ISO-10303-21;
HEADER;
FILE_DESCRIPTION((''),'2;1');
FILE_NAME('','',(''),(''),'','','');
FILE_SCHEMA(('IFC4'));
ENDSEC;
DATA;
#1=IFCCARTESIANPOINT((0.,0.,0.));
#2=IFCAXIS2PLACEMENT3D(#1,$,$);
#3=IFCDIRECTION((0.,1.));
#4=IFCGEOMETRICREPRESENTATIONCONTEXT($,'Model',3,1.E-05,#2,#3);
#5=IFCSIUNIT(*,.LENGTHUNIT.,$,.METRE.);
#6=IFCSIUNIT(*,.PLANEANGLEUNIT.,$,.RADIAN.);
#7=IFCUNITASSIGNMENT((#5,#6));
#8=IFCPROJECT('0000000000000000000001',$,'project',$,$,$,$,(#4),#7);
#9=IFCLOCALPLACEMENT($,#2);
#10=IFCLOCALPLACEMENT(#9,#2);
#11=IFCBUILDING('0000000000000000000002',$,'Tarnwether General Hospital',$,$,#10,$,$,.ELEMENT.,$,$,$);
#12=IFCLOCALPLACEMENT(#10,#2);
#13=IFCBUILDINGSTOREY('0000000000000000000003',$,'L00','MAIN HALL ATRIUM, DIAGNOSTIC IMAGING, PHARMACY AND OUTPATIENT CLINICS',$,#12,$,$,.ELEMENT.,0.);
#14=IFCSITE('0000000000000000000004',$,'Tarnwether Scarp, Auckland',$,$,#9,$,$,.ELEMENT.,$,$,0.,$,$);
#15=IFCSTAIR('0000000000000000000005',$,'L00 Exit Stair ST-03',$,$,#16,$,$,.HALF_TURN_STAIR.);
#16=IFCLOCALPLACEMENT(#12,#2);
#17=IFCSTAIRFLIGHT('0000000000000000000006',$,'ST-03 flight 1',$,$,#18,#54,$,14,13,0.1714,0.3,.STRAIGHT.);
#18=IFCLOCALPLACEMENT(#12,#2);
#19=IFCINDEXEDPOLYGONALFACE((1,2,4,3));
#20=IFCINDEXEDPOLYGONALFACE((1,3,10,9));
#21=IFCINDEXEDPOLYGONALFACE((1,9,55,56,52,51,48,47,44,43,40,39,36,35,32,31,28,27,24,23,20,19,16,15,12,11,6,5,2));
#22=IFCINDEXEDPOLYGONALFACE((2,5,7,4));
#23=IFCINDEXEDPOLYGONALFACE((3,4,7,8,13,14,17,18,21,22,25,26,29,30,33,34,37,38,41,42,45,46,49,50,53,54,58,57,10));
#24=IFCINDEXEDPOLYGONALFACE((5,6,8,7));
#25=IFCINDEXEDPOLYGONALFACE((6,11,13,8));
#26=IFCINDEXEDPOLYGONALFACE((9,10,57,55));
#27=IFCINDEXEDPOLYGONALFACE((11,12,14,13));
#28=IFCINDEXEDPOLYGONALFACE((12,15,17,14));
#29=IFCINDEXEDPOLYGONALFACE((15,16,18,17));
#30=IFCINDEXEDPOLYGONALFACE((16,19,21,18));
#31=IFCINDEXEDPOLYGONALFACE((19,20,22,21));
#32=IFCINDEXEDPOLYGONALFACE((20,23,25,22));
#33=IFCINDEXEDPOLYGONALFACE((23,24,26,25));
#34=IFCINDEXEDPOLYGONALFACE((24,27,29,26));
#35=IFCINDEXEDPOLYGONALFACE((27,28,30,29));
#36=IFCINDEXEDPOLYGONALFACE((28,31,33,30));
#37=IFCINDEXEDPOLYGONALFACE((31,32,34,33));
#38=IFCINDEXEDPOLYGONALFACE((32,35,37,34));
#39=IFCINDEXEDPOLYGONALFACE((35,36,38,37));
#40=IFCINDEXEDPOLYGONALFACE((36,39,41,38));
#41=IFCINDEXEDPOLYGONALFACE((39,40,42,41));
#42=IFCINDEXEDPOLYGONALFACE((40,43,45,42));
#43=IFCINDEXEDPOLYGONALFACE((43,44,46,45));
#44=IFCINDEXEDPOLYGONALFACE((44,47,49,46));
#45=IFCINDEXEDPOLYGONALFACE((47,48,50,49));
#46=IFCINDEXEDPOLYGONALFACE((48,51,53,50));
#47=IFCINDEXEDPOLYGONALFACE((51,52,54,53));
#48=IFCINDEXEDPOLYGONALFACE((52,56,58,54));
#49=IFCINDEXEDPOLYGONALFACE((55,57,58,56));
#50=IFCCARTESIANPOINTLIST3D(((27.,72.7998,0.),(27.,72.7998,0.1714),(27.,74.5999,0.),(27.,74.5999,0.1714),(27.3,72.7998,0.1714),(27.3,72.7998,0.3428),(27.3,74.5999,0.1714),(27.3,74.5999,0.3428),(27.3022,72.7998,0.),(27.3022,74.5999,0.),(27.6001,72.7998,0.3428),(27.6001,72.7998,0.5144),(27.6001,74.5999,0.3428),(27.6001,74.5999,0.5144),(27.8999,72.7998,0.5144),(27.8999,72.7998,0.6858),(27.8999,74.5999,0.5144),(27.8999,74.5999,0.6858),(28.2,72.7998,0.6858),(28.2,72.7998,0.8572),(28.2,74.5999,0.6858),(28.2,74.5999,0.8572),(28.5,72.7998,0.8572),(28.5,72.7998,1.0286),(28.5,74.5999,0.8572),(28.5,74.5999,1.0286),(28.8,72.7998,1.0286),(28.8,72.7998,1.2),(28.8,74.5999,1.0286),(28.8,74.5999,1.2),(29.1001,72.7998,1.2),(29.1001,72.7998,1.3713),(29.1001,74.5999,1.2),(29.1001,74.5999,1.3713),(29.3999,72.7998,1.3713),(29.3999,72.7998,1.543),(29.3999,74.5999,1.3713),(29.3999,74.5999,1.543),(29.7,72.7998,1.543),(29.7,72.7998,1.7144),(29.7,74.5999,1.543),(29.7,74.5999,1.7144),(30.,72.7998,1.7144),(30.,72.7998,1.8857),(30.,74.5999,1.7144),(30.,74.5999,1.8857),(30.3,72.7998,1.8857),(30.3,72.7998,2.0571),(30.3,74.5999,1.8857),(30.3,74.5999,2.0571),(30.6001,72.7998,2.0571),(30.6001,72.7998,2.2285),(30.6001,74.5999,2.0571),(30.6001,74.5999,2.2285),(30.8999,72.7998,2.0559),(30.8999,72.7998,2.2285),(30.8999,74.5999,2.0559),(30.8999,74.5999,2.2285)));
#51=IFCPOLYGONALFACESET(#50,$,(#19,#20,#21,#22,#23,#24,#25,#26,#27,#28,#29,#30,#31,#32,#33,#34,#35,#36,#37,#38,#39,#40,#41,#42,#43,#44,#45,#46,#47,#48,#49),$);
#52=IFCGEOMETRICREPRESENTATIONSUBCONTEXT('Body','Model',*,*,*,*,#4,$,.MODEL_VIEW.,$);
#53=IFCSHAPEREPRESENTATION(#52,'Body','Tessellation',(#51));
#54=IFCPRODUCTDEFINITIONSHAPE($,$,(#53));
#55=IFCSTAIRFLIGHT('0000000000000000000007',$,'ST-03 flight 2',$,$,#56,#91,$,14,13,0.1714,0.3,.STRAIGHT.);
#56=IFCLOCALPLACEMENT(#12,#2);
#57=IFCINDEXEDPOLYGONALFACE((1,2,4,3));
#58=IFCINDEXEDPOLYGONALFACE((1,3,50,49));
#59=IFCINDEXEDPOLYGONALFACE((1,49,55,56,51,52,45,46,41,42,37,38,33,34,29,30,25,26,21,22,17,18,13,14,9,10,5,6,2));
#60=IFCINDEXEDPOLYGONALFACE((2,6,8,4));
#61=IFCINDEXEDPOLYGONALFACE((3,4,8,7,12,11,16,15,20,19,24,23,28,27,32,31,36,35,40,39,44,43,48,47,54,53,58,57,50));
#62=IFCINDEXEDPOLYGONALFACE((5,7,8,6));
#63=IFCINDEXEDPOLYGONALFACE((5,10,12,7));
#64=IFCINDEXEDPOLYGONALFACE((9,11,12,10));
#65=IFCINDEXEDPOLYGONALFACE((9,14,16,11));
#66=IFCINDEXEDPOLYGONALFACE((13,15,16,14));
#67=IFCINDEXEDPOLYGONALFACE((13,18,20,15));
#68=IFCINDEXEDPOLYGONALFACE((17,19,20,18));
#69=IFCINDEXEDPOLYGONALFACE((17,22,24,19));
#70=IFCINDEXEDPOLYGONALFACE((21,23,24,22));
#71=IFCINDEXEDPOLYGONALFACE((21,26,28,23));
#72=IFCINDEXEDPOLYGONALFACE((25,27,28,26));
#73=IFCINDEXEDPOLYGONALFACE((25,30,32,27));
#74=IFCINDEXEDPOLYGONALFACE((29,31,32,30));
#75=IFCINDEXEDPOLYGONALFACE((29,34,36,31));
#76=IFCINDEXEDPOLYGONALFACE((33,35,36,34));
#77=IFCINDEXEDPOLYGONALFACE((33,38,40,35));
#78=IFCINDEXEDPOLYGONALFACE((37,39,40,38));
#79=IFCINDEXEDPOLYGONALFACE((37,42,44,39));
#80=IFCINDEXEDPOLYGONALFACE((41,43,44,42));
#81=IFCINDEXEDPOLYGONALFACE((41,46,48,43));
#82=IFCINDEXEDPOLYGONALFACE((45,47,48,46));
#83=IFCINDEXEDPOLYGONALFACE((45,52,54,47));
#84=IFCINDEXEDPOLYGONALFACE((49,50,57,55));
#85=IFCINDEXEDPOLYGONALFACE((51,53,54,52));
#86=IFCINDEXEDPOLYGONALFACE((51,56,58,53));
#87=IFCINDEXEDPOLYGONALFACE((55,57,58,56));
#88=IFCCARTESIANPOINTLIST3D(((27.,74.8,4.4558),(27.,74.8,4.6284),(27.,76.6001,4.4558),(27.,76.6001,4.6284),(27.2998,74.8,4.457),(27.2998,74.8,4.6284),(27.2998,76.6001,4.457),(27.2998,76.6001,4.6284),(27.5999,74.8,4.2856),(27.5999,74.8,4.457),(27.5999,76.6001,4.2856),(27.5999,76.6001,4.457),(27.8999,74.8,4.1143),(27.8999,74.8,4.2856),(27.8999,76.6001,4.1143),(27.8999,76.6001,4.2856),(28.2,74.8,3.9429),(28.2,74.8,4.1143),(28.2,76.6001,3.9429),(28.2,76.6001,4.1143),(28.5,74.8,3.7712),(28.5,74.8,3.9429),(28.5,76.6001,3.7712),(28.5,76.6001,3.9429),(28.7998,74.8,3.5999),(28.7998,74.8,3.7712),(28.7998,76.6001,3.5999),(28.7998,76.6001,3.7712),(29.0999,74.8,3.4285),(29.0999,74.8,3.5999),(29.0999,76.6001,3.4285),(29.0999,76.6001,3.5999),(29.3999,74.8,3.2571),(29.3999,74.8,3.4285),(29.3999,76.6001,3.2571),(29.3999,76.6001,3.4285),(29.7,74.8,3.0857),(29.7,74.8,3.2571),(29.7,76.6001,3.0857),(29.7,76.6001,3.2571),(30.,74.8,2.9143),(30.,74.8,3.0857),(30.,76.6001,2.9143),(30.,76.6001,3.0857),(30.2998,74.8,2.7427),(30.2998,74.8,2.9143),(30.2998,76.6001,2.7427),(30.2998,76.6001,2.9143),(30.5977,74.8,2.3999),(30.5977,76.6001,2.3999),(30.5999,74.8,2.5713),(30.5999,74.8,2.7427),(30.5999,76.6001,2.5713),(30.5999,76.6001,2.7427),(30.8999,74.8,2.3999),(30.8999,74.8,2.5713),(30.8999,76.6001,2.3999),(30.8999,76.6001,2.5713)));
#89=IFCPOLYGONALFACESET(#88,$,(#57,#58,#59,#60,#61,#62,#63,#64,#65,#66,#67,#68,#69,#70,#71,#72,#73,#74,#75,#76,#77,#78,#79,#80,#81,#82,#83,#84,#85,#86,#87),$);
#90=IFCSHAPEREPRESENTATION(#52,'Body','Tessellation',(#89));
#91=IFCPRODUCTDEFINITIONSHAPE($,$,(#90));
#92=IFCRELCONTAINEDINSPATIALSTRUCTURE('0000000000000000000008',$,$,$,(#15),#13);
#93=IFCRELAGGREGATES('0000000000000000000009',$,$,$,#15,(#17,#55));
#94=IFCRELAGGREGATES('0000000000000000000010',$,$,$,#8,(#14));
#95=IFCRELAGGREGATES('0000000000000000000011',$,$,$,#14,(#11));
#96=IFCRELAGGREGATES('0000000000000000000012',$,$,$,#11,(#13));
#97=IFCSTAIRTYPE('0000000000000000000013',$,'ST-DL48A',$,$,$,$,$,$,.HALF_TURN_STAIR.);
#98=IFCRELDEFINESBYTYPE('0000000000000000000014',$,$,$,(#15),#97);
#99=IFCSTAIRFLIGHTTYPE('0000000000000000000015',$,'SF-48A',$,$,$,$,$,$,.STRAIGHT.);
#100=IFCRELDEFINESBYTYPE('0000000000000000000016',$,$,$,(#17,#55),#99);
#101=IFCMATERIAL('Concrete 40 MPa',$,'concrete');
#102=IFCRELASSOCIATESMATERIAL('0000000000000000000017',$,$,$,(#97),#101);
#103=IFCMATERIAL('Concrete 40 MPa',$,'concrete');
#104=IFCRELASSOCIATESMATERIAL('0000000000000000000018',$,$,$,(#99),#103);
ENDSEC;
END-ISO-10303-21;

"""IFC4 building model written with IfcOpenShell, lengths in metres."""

from ifc_helpers import new_model, si_unit, direction, frame, origin, place, context, subcontext, project, spatial, polyline, outline, extrude, material, type_object, element, aggregate, save


model = new_model("IFC4")

# Units and contexts
model_context = context("Model", 3, precision=1e-05, world=origin(), true_north=direction((0.0, 1.0)))
body_context = subcontext(model_context, "Body", "Model", "MODEL_VIEW")
ifc_project = project(units=[si_unit("LENGTHUNIT", "METRE"), si_unit("PLANEANGLEUNIT", "RADIAN")], contexts=[model_context])

# Site, building, storey
site_placement = place(None, origin())
site = spatial("IfcSite", under=ifc_project, at=site_placement, Name="Tarnwether Scarp, Auckland", CompositionType="ELEMENT", RefElevation=0.0)
building_placement = place(site_placement, origin())
building = spatial("IfcBuilding", under=site, at=building_placement, Name="Tarnwether General Hospital", CompositionType="ELEMENT")
storey_placement = place(building_placement, origin())
storey = spatial("IfcBuildingStorey", under=building, at=storey_placement, Name="L00", Description="MAIN HALL ATRIUM, DIAGNOSTIC IMAGING, PHARMACY AND OUTPATIENT CLINICS", CompositionType="ELEMENT", Elevation=0.0)

# Stair, stair flights
ifc_material_1 = material(Name="Concrete 40 MPa", Category="concrete")
stair_type = type_object("IfcStairType", Name="ST-DL48A", PredefinedType="HALF_TURN_STAIR", material=ifc_material_1)
stair_placement = place(storey_placement, origin())
stair = element("IfcStair", 1, at=stair_placement, inside=storey, type_object=stair_type, Name="L00 Exit Stair ST-03", PredefinedType="HALF_TURN_STAIR")
ifc_material_2 = material(Name="Concrete 40 MPa", Category="concrete")
stair_flight_type = type_object("IfcStairFlightType", Name="SF-48A", PredefinedType="STRAIGHT", material=ifc_material_2)
stair_flight_1_placement = place(storey_placement, frame((27.0, 73.7, 0.0), z_axis=(0.0, 0.0, 1.0), x_axis=(1.0, 0.0, 0.0)))
stair_flight_1 = element("IfcStairFlight", 2, at=stair_flight_1_placement, type_object=stair_flight_type, Name="ST-03 flight 1", NumberOfRisers=14, NumberOfTreads=13, PredefinedType="STRAIGHT", RiserHeight=0.1714, TreadLength=0.3, context=body_context, shape_type="SweptSolid", body=[
    extrude(outline(polyline([(0.0, 0.0), (0.0, 0.1714), (0.3, 0.1714), (0.3, 0.3428), (0.6001, 0.3428), (0.6001, 0.5144), (0.8999, 0.5144), (0.8999, 0.6858), (1.2, 0.6858), (1.2, 0.8572), (1.5, 0.8572), (1.5, 1.0286), (1.8, 1.0286), (1.8, 1.2), (2.1001, 1.2), (2.1001, 1.3713), (2.3999, 1.3713), (2.3999, 1.543), (2.7, 1.543), (2.7, 1.7144), (3.0, 1.7144), (3.0, 1.8857), (3.3, 1.8857), (3.3, 2.0571), (3.6001, 2.0571), (3.6001, 2.2285), (3.8999, 2.2285), (3.8999, 2.3999), (3.8999, 2.0559), (0.3022, 0.0), (0.0, 0.0)])), frame((0.0, 0.8999, 0.0), z_axis=(0.0, -1.0, 0.0), x_axis=(1.0, 0.0, 0.0)), (0.0, 0.0, 1.0), 1.8),
])
stair_flight_2_placement = place(storey_placement, frame((30.8999, 75.7, 2.3999), z_axis=(0.0, 0.0, 1.0), x_axis=(-1.0, 0.0, 0.0)))
stair_flight_2 = element("IfcStairFlight", 3, at=stair_flight_2_placement, type_object=stair_flight_type, Name="ST-03 flight 2", NumberOfRisers=14, NumberOfTreads=13, PredefinedType="STRAIGHT", RiserHeight=0.1714, TreadLength=0.3, context=body_context, shape_type="SweptSolid", body=[
    extrude(outline(polyline([(0.0, 0.0), (0.0, 0.1714), (0.3, 0.1714), (0.3, 0.3428), (0.6001, 0.3428), (0.6001, 0.5144), (0.8999, 0.5144), (0.8999, 0.6858), (1.2, 0.6858), (1.2, 0.8572), (1.5, 0.8572), (1.5, 1.0286), (1.8, 1.0286), (1.8, 1.2), (2.1001, 1.2), (2.1001, 1.3713), (2.3999, 1.3713), (2.3999, 1.543), (2.7, 1.543), (2.7, 1.7144), (3.0, 1.7144), (3.0, 1.8857), (3.3, 1.8857), (3.3, 2.0571), (3.6001, 2.0571), (3.6001, 2.2285), (3.8999, 2.2285), (3.8999, 2.3999), (3.8999, 2.0559), (0.3022, 0.0), (0.0, 0.0)])), frame((0.0, 0.8999, 0.0), z_axis=(0.0, -1.0, 0.0), x_axis=(1.0, 0.0, 0.0)), (0.0, 0.0, 1.0), 1.8),
])
aggregate(stair, [stair_flight_1, stair_flight_2])

save(model, "model.ifc")
